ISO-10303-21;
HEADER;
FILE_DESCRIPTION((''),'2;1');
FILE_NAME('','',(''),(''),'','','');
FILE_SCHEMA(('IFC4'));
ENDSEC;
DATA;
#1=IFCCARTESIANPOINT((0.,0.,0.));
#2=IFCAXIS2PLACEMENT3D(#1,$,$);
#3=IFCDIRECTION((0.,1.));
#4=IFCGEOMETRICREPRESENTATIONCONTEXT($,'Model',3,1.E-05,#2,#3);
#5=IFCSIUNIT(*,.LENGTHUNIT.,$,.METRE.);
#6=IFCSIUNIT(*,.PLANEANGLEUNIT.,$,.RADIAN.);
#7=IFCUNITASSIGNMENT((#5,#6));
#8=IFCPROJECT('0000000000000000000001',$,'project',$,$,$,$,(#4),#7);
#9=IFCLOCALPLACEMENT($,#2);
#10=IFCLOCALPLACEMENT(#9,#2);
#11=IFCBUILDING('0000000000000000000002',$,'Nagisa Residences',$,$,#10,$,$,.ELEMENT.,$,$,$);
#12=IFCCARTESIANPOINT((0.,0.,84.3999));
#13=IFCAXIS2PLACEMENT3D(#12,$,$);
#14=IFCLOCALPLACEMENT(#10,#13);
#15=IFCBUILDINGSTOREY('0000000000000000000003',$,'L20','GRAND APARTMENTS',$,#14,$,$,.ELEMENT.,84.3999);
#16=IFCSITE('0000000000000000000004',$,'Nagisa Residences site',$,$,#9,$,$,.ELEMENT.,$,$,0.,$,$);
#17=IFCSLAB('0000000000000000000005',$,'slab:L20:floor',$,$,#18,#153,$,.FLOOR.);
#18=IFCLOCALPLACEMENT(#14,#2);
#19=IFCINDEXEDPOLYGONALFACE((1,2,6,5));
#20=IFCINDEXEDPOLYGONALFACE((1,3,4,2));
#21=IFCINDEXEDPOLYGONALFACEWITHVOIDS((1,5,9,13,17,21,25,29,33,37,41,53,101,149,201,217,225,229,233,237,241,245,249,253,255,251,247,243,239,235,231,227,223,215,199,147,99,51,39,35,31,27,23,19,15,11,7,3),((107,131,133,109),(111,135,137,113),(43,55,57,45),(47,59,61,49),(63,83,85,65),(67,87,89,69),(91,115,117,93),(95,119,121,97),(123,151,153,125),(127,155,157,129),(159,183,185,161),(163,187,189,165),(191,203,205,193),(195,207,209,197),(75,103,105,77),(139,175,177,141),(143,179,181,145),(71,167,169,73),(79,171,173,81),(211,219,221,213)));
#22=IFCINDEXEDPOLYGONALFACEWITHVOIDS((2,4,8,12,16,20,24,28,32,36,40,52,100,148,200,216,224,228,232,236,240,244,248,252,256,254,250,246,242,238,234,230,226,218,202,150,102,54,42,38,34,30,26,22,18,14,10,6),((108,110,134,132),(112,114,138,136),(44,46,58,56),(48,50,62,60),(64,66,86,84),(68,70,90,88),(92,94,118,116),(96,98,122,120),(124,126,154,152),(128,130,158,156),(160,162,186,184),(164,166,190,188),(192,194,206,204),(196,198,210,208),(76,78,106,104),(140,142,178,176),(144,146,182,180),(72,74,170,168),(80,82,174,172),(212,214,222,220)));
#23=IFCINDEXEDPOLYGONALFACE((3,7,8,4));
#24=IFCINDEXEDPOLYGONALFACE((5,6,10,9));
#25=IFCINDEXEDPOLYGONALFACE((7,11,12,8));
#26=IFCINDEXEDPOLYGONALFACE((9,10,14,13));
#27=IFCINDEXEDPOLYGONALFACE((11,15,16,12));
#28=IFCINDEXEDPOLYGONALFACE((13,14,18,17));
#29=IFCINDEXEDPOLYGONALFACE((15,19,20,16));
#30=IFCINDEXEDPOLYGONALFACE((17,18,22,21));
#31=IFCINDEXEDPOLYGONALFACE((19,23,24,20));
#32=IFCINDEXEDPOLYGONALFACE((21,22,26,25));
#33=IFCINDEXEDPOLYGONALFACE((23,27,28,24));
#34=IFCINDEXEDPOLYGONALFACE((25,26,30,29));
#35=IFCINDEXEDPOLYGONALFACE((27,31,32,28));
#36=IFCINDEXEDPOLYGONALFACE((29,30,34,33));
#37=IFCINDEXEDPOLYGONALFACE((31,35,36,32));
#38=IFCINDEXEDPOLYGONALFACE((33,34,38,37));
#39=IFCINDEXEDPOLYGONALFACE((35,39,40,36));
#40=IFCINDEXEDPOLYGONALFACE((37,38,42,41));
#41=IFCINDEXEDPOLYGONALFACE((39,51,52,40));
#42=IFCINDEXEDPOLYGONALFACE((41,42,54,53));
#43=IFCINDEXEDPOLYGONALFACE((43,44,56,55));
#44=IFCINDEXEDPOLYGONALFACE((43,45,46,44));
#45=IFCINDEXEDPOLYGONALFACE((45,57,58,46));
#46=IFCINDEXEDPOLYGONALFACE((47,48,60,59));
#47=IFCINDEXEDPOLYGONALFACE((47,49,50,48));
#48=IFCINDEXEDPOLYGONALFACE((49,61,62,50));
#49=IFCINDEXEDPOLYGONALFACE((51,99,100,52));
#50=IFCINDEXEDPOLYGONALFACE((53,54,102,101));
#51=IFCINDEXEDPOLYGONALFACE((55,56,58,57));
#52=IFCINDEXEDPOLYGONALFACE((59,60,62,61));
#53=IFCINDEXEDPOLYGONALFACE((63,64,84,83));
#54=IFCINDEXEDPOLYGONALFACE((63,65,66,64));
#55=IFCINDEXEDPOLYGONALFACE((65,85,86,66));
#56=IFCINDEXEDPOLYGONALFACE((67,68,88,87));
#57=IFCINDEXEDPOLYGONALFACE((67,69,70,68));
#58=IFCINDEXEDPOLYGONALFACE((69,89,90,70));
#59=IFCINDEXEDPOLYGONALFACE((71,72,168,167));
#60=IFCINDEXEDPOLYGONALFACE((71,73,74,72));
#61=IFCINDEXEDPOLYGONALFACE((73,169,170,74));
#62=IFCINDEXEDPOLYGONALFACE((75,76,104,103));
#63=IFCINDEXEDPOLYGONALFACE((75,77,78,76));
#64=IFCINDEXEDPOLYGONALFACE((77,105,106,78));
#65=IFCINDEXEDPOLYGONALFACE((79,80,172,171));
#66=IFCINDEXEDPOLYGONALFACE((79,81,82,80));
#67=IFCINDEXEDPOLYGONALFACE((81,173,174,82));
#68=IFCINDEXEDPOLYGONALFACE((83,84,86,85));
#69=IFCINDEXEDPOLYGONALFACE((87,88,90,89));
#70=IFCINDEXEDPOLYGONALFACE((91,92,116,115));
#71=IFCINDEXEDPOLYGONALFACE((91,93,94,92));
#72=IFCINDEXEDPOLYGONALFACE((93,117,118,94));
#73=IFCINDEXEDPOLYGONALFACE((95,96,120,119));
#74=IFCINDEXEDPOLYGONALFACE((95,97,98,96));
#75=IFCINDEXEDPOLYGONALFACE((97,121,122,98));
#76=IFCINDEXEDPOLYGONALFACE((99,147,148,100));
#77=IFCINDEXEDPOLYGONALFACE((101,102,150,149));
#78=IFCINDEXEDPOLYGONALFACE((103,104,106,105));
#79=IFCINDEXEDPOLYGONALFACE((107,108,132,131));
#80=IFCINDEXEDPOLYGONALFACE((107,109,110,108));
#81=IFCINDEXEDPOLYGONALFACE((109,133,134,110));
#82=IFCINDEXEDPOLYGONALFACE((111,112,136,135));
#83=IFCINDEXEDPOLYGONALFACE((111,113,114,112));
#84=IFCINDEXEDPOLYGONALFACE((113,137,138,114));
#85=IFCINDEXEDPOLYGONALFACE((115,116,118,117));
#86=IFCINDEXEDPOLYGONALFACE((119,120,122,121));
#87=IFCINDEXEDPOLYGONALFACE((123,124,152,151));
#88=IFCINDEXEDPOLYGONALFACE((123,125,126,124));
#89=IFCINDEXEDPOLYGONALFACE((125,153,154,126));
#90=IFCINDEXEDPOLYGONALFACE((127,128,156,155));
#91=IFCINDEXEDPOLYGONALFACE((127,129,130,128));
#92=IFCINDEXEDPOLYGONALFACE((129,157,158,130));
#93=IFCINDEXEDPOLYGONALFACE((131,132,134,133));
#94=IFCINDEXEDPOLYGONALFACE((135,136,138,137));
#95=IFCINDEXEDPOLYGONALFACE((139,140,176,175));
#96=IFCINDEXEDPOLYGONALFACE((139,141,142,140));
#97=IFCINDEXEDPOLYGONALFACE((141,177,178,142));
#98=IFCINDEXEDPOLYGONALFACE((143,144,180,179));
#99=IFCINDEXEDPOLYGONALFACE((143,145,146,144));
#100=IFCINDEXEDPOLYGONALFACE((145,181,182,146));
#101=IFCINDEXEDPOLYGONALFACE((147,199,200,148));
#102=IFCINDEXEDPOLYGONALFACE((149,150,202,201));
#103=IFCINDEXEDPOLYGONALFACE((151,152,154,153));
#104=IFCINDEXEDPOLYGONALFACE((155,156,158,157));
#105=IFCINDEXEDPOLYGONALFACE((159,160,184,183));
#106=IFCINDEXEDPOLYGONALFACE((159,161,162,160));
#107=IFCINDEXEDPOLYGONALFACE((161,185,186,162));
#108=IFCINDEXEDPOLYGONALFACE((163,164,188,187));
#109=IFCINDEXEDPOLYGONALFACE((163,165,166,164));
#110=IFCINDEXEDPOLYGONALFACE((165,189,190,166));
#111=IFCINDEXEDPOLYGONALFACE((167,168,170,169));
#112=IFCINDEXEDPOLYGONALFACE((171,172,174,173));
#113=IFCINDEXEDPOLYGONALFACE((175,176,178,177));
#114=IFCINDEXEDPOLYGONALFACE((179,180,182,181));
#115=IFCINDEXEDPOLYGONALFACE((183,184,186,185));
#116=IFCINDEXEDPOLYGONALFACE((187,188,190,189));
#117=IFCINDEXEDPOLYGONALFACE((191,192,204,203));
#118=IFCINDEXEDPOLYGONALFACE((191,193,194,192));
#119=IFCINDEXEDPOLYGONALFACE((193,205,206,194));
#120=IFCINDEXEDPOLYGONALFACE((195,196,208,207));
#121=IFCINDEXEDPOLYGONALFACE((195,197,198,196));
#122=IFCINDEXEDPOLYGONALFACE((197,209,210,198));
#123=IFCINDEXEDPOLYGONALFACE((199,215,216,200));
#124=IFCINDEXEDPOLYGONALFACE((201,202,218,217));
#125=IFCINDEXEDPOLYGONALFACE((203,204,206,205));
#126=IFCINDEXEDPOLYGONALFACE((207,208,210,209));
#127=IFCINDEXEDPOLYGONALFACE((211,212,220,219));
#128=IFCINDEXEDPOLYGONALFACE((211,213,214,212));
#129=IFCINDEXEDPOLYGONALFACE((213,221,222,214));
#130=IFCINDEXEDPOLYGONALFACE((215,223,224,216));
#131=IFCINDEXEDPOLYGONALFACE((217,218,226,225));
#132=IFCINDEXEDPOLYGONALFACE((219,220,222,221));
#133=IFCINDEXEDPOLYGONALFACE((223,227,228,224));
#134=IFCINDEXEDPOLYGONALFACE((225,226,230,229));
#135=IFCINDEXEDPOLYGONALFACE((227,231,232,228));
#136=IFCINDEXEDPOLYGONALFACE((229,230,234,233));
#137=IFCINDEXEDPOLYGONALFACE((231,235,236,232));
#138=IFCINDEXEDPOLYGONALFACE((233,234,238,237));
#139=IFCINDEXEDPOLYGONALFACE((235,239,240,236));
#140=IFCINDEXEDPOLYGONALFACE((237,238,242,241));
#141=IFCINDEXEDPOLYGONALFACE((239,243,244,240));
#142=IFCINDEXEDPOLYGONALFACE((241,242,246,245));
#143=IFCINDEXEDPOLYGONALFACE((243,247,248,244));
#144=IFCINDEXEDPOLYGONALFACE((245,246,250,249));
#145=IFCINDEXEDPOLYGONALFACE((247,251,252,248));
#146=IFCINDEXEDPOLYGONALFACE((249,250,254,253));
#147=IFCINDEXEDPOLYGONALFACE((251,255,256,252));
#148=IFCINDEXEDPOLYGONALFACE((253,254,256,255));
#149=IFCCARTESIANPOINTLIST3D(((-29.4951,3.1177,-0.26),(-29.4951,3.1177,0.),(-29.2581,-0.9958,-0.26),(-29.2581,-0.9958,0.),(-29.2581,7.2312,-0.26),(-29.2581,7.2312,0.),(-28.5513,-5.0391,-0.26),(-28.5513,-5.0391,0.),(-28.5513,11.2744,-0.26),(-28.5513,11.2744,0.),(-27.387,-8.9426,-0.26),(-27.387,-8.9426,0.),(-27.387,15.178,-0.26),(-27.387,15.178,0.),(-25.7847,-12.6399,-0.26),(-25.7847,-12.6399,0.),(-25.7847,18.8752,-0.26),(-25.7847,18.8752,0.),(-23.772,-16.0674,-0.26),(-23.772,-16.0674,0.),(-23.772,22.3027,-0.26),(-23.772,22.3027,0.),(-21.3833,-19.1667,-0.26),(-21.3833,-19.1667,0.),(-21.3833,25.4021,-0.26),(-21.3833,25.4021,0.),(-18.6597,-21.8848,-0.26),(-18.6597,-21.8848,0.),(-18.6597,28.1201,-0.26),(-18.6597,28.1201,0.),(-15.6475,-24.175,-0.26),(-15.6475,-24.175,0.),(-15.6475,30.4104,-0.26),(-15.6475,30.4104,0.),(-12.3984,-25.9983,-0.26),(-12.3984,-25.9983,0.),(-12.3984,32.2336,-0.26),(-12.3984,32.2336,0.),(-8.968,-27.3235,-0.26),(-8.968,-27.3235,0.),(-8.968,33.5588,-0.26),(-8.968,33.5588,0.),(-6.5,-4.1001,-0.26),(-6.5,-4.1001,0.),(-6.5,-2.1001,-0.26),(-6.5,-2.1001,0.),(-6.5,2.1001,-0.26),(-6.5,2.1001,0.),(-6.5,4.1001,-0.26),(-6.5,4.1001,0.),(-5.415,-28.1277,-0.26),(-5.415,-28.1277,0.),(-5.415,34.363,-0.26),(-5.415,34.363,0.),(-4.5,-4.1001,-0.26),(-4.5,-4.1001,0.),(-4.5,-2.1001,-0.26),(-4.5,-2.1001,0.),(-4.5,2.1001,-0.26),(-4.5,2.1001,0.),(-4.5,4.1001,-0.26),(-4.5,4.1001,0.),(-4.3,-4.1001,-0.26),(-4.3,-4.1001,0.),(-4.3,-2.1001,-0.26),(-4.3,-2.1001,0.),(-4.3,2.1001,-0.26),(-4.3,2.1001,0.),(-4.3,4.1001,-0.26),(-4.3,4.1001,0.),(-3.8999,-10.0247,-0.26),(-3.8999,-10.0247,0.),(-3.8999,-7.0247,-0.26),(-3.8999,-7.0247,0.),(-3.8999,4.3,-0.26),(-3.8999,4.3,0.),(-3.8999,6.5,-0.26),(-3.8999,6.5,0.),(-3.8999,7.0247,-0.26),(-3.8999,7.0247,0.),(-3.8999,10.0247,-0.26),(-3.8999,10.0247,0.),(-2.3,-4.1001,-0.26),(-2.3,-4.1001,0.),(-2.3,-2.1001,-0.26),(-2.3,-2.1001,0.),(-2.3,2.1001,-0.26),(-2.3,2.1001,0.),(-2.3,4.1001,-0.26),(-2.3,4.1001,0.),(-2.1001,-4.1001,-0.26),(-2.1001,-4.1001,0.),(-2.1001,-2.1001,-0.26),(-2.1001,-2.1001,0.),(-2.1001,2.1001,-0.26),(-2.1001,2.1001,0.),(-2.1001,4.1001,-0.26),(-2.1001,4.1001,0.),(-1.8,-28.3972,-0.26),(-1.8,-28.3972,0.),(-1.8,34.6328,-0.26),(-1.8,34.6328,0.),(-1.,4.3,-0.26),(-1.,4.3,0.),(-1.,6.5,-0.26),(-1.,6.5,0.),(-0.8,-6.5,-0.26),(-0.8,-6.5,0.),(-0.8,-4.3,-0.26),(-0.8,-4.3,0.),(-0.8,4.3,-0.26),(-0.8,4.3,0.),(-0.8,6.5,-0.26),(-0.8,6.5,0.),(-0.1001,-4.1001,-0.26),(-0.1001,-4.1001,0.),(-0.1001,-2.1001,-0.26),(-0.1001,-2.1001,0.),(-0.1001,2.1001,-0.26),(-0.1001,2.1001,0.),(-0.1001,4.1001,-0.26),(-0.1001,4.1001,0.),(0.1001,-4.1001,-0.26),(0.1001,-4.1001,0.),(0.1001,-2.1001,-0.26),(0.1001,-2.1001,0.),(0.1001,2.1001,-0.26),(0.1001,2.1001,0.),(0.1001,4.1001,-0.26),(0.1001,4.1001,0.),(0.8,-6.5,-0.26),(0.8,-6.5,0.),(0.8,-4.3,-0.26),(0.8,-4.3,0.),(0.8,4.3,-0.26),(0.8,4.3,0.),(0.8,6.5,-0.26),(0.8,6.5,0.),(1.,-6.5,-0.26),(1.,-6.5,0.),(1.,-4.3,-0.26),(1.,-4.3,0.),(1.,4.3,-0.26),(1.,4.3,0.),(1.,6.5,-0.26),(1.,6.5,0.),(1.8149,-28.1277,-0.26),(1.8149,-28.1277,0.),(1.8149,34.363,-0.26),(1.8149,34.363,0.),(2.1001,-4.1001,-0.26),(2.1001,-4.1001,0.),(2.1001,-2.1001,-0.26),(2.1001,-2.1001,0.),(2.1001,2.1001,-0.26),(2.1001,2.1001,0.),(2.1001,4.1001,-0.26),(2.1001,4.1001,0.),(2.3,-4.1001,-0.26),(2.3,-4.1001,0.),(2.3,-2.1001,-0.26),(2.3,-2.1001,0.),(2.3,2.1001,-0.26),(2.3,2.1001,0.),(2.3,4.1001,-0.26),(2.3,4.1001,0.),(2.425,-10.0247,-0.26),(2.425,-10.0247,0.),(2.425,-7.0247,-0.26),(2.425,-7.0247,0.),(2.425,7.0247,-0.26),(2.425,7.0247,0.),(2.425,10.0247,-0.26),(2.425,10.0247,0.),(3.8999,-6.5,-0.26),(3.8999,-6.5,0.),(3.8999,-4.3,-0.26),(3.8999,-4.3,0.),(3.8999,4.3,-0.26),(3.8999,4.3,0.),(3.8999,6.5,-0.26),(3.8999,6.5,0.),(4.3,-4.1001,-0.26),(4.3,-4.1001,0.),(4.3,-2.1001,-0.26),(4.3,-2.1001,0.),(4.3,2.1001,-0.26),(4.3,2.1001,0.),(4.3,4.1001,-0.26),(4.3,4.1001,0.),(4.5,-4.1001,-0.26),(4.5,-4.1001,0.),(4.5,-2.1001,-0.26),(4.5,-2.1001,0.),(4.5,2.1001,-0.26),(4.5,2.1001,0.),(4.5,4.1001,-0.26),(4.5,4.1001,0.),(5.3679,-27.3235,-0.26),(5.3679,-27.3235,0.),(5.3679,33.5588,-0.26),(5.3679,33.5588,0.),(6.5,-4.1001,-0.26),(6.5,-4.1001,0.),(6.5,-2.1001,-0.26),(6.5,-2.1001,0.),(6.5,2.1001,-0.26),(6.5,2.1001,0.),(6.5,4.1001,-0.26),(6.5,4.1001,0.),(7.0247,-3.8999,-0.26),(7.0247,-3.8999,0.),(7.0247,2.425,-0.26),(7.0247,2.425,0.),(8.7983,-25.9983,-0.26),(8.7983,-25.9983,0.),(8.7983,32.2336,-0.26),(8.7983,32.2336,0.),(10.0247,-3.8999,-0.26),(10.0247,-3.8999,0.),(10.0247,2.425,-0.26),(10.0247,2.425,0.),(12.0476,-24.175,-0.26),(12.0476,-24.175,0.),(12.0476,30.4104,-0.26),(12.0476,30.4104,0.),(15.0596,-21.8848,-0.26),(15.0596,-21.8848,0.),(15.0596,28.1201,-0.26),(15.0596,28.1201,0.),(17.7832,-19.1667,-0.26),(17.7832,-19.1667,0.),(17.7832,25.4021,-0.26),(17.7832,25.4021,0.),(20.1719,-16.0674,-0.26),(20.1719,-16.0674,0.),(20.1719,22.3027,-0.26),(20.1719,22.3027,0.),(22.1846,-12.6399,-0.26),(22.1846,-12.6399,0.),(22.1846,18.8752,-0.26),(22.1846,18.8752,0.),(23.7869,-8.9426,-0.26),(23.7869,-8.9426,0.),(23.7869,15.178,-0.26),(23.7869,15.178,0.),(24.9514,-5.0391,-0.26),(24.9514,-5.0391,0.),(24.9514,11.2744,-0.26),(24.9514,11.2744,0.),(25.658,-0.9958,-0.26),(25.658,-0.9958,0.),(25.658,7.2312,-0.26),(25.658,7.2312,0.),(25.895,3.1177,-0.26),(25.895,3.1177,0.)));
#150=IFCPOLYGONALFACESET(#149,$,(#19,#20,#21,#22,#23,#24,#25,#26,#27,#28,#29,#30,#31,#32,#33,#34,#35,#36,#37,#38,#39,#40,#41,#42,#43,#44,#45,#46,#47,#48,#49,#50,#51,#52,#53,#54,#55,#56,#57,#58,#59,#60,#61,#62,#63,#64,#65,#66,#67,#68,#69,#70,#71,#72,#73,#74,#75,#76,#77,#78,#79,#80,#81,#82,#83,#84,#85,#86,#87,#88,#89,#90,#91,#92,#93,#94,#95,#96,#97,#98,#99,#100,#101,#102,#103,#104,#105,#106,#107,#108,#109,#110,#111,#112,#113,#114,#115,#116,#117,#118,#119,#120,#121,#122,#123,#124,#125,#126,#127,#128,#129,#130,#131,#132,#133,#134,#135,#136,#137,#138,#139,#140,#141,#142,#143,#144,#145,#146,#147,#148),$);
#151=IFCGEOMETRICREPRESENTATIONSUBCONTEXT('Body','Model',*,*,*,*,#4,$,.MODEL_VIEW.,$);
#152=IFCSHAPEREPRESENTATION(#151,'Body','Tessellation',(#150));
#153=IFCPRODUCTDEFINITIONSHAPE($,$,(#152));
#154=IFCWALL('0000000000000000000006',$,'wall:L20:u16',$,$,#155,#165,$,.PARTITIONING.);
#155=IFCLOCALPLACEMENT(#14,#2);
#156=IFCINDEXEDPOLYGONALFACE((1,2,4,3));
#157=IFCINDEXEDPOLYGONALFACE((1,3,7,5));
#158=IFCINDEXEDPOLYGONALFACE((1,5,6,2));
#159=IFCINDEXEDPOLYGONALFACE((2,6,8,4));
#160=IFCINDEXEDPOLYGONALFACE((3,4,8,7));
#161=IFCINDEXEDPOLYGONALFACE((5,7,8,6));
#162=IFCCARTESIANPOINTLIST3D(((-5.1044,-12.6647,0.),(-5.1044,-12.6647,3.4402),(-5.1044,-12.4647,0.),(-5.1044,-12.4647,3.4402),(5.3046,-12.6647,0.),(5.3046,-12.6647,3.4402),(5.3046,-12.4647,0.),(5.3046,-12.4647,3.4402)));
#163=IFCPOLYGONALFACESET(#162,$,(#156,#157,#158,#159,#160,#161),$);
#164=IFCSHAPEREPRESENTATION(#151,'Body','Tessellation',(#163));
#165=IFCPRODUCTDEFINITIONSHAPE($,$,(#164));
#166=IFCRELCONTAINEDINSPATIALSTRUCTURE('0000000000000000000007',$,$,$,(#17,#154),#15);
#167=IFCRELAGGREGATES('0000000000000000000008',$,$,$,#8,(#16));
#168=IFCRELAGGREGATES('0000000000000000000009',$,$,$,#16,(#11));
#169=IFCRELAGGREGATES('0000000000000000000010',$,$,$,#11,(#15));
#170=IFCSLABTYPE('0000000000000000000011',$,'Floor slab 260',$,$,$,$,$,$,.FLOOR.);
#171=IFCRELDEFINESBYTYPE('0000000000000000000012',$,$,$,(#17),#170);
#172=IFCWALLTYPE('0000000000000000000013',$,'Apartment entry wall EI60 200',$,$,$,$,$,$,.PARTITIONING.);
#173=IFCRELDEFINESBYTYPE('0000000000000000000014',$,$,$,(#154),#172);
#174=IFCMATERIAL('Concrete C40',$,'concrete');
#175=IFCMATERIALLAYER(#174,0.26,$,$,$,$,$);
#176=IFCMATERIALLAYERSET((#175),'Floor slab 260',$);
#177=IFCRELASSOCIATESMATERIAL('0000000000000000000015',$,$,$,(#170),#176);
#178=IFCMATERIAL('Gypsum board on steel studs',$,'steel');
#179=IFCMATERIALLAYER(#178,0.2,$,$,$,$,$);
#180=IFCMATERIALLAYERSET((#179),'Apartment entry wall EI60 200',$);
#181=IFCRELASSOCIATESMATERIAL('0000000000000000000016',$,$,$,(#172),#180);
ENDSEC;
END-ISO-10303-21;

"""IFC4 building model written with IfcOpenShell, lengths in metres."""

from ifc_helpers import new_model, si_unit, direction, frame, frame_2d, origin, place, context, subcontext, project, spatial, polyline, rectangle, outline, extrude, material, layer, layer_set, type_object, element, save


model = new_model("IFC4")

# Units and contexts
model_context = context("Model", 3, precision=1e-05, world=origin(), true_north=direction((0.0, 1.0)))
body_context = subcontext(model_context, "Body", "Model", "MODEL_VIEW")
ifc_project = project(units=[si_unit("LENGTHUNIT", "METRE"), si_unit("PLANEANGLEUNIT", "RADIAN")], contexts=[model_context])

# Site, building, storey
site_placement = place(None, origin())
site = spatial("IfcSite", under=ifc_project, at=site_placement, Name="Nagisa Residences site", CompositionType="ELEMENT", RefElevation=0.0)
building_placement = place(site_placement, origin())
building = spatial("IfcBuilding", under=site, at=building_placement, Name="Nagisa Residences", CompositionType="ELEMENT")
storey_placement = place(building_placement, frame((0.0, 0.0, 84.3999)))
storey = spatial("IfcBuildingStorey", under=building, at=storey_placement, Name="L20", Description="GRAND APARTMENTS", CompositionType="ELEMENT", Elevation=84.3999)

# Slab
ifc_material_1 = material(Name="Concrete C40", Category="concrete")
ifc_layer_1 = layer(ifc_material_1, 0.26)
ifc_layer_set_1 = layer_set([ifc_layer_1], Name="Floor slab 260")
slab_type_1 = type_object("IfcSlabType", Name="Floor slab 260", PredefinedType="FLOOR", material=ifc_layer_set_1)
slab_1_placement = place(storey_placement, frame((0.0, 0.0, -0.26)))
element("IfcSlab", 1, at=slab_1_placement, inside=storey, type_object=slab_type_1, Name="slab:L20:floor", PredefinedType="FLOOR", context=body_context, shape_type="SweptSolid", body=[
    extrude(outline(polyline([(25.895, 3.1177), (25.658, 7.2312), (24.9514, 11.2744), (23.7869, 15.178), (22.1846, 18.8752), (20.1719, 22.3027), (17.7832, 25.4021), (15.0596, 28.1201), (12.0476, 30.4104), (8.7983, 32.2336), (5.3679, 33.5588), (1.8149, 34.363), (-1.8, 34.6328), (-5.415, 34.363), (-8.968, 33.5588), (-12.3984, 32.2336), (-15.6475, 30.4104), (-18.6597, 28.1201), (-21.3833, 25.4021), (-23.772, 22.3027), (-25.7847, 18.8752), (-27.387, 15.178), (-28.5513, 11.2744), (-29.2581, 7.2312), (-29.4951, 3.1177), (-29.2581, -0.9958), (-28.5513, -5.0391), (-27.387, -8.9426), (-25.7847, -12.6399), (-23.772, -16.0674), (-21.3833, -19.1667), (-18.6597, -21.8848), (-15.6475, -24.175), (-12.3984, -25.9983), (-8.968, -27.3235), (-5.415, -28.1277), (-1.8, -28.3972), (1.8149, -28.1277), (5.3679, -27.3235), (8.7983, -25.9983), (12.0476, -24.175), (15.0596, -21.8848), (17.7832, -19.1667), (20.1719, -16.0674), (22.1846, -12.6399), (23.7869, -8.9426), (24.9514, -5.0391), (25.658, -0.9958), (25.895, 3.1177)]), holes=[polyline([(-4.5, 2.1001), (-4.5, 4.1001), (-6.5, 4.1001), (-6.5, 2.1001), (-4.5, 2.1001)]), polyline([(-2.3, 2.1001), (-2.3, 4.1001), (-4.3, 4.1001), (-4.3, 2.1001), (-2.3, 2.1001)]), polyline([(-0.1001, 2.1001), (-0.1001, 4.1001), (-2.1001, 4.1001), (-2.1001, 2.1001), (-0.1001, 2.1001)]), polyline([(2.1001, 2.1001), (2.1001, 4.1001), (0.1001, 4.1001), (0.1001, 2.1001), (2.1001, 2.1001)]), polyline([(4.3, 2.1001), (4.3, 4.1001), (2.3, 4.1001), (2.3, 2.1001), (4.3, 2.1001)]), polyline([(6.5, 2.1001), (6.5, 4.1001), (4.5, 4.1001), (4.5, 2.1001), (6.5, 2.1001)]), polyline([(-4.5, -4.1001), (-4.5, -2.1001), (-6.5, -2.1001), (-6.5, -4.1001), (-4.5, -4.1001)]), polyline([(-2.3, -4.1001), (-2.3, -2.1001), (-4.3, -2.1001), (-4.3, -4.1001), (-2.3, -4.1001)]), polyline([(-0.1001, -4.1001), (-0.1001, -2.1001), (-2.1001, -2.1001), (-2.1001, -4.1001), (-0.1001, -4.1001)]), polyline([(2.1001, -4.1001), (2.1001, -2.1001), (0.1001, -2.1001), (0.1001, -4.1001), (2.1001, -4.1001)]), polyline([(4.3, -4.1001), (4.3, -2.1001), (2.3, -2.1001), (2.3, -4.1001), (4.3, -4.1001)]), polyline([(6.5, -4.1001), (6.5, -2.1001), (4.5, -2.1001), (4.5, -4.1001), (6.5, -4.1001)]), polyline([(3.8999, 4.3), (3.8999, 6.5), (1.0, 6.5), (1.0, 4.3), (3.8999, 4.3)]), polyline([(3.8999, -6.5), (3.8999, -4.3), (1.0, -4.3), (1.0, -6.5), (3.8999, -6.5)]), polyline([(-1.0, 4.3), (-1.0, 6.5), (-3.8999, 6.5), (-3.8999, 4.3), (-1.0, 4.3)]), polyline([(0.8, 4.3), (0.8, 6.5), (-0.8, 6.5), (-0.8, 4.3), (0.8, 4.3)]), polyline([(0.8, -6.5), (0.8, -4.3), (-0.8, -4.3), (-0.8, -6.5), (0.8, -6.5)]), polyline([(10.0247, -3.8999), (7.0247, -3.8999), (7.0247, 2.425), (10.0247, 2.425), (10.0247, -3.8999)]), polyline([(-3.8999, 7.0247), (-3.8999, 10.0247), (2.425, 10.0247), (2.425, 7.0247), (-3.8999, 7.0247)]), polyline([(-3.8999, -10.0247), (-3.8999, -7.0247), (2.425, -7.0247), (2.425, -10.0247), (-3.8999, -10.0247)])]), origin(), (0.0, 0.0, 1.0), 0.26),
])

# Wall
ifc_material_2 = material(Name="Gypsum board on steel studs", Category="steel")
ifc_layer_2 = layer(ifc_material_2, 0.2)
ifc_layer_set_2 = layer_set([ifc_layer_2], Name="Apartment entry wall EI60 200")
wall_type_1 = type_object("IfcWallType", Name="Apartment entry wall EI60 200", PredefinedType="PARTITIONING", material=ifc_layer_set_2)
wall_1_placement = place(storey_placement, frame((-5.1045, -12.5647, 0.0), z_axis=(0.0, 0.0, 1.0), x_axis=(1.0, 0.0, 0.0)))
element("IfcWall", 2, at=wall_1_placement, inside=storey, type_object=wall_type_1, Name="wall:L20:u16", PredefinedType="PARTITIONING", context=body_context, shape_type="SweptSolid", body=[
    extrude(rectangle(XDim=10.4089, YDim=0.2, at=frame_2d((5.2046, 0.0))), origin(), (0.0, 0.0, 1.0), 3.4402),
])

save(model, "model.ifc")
